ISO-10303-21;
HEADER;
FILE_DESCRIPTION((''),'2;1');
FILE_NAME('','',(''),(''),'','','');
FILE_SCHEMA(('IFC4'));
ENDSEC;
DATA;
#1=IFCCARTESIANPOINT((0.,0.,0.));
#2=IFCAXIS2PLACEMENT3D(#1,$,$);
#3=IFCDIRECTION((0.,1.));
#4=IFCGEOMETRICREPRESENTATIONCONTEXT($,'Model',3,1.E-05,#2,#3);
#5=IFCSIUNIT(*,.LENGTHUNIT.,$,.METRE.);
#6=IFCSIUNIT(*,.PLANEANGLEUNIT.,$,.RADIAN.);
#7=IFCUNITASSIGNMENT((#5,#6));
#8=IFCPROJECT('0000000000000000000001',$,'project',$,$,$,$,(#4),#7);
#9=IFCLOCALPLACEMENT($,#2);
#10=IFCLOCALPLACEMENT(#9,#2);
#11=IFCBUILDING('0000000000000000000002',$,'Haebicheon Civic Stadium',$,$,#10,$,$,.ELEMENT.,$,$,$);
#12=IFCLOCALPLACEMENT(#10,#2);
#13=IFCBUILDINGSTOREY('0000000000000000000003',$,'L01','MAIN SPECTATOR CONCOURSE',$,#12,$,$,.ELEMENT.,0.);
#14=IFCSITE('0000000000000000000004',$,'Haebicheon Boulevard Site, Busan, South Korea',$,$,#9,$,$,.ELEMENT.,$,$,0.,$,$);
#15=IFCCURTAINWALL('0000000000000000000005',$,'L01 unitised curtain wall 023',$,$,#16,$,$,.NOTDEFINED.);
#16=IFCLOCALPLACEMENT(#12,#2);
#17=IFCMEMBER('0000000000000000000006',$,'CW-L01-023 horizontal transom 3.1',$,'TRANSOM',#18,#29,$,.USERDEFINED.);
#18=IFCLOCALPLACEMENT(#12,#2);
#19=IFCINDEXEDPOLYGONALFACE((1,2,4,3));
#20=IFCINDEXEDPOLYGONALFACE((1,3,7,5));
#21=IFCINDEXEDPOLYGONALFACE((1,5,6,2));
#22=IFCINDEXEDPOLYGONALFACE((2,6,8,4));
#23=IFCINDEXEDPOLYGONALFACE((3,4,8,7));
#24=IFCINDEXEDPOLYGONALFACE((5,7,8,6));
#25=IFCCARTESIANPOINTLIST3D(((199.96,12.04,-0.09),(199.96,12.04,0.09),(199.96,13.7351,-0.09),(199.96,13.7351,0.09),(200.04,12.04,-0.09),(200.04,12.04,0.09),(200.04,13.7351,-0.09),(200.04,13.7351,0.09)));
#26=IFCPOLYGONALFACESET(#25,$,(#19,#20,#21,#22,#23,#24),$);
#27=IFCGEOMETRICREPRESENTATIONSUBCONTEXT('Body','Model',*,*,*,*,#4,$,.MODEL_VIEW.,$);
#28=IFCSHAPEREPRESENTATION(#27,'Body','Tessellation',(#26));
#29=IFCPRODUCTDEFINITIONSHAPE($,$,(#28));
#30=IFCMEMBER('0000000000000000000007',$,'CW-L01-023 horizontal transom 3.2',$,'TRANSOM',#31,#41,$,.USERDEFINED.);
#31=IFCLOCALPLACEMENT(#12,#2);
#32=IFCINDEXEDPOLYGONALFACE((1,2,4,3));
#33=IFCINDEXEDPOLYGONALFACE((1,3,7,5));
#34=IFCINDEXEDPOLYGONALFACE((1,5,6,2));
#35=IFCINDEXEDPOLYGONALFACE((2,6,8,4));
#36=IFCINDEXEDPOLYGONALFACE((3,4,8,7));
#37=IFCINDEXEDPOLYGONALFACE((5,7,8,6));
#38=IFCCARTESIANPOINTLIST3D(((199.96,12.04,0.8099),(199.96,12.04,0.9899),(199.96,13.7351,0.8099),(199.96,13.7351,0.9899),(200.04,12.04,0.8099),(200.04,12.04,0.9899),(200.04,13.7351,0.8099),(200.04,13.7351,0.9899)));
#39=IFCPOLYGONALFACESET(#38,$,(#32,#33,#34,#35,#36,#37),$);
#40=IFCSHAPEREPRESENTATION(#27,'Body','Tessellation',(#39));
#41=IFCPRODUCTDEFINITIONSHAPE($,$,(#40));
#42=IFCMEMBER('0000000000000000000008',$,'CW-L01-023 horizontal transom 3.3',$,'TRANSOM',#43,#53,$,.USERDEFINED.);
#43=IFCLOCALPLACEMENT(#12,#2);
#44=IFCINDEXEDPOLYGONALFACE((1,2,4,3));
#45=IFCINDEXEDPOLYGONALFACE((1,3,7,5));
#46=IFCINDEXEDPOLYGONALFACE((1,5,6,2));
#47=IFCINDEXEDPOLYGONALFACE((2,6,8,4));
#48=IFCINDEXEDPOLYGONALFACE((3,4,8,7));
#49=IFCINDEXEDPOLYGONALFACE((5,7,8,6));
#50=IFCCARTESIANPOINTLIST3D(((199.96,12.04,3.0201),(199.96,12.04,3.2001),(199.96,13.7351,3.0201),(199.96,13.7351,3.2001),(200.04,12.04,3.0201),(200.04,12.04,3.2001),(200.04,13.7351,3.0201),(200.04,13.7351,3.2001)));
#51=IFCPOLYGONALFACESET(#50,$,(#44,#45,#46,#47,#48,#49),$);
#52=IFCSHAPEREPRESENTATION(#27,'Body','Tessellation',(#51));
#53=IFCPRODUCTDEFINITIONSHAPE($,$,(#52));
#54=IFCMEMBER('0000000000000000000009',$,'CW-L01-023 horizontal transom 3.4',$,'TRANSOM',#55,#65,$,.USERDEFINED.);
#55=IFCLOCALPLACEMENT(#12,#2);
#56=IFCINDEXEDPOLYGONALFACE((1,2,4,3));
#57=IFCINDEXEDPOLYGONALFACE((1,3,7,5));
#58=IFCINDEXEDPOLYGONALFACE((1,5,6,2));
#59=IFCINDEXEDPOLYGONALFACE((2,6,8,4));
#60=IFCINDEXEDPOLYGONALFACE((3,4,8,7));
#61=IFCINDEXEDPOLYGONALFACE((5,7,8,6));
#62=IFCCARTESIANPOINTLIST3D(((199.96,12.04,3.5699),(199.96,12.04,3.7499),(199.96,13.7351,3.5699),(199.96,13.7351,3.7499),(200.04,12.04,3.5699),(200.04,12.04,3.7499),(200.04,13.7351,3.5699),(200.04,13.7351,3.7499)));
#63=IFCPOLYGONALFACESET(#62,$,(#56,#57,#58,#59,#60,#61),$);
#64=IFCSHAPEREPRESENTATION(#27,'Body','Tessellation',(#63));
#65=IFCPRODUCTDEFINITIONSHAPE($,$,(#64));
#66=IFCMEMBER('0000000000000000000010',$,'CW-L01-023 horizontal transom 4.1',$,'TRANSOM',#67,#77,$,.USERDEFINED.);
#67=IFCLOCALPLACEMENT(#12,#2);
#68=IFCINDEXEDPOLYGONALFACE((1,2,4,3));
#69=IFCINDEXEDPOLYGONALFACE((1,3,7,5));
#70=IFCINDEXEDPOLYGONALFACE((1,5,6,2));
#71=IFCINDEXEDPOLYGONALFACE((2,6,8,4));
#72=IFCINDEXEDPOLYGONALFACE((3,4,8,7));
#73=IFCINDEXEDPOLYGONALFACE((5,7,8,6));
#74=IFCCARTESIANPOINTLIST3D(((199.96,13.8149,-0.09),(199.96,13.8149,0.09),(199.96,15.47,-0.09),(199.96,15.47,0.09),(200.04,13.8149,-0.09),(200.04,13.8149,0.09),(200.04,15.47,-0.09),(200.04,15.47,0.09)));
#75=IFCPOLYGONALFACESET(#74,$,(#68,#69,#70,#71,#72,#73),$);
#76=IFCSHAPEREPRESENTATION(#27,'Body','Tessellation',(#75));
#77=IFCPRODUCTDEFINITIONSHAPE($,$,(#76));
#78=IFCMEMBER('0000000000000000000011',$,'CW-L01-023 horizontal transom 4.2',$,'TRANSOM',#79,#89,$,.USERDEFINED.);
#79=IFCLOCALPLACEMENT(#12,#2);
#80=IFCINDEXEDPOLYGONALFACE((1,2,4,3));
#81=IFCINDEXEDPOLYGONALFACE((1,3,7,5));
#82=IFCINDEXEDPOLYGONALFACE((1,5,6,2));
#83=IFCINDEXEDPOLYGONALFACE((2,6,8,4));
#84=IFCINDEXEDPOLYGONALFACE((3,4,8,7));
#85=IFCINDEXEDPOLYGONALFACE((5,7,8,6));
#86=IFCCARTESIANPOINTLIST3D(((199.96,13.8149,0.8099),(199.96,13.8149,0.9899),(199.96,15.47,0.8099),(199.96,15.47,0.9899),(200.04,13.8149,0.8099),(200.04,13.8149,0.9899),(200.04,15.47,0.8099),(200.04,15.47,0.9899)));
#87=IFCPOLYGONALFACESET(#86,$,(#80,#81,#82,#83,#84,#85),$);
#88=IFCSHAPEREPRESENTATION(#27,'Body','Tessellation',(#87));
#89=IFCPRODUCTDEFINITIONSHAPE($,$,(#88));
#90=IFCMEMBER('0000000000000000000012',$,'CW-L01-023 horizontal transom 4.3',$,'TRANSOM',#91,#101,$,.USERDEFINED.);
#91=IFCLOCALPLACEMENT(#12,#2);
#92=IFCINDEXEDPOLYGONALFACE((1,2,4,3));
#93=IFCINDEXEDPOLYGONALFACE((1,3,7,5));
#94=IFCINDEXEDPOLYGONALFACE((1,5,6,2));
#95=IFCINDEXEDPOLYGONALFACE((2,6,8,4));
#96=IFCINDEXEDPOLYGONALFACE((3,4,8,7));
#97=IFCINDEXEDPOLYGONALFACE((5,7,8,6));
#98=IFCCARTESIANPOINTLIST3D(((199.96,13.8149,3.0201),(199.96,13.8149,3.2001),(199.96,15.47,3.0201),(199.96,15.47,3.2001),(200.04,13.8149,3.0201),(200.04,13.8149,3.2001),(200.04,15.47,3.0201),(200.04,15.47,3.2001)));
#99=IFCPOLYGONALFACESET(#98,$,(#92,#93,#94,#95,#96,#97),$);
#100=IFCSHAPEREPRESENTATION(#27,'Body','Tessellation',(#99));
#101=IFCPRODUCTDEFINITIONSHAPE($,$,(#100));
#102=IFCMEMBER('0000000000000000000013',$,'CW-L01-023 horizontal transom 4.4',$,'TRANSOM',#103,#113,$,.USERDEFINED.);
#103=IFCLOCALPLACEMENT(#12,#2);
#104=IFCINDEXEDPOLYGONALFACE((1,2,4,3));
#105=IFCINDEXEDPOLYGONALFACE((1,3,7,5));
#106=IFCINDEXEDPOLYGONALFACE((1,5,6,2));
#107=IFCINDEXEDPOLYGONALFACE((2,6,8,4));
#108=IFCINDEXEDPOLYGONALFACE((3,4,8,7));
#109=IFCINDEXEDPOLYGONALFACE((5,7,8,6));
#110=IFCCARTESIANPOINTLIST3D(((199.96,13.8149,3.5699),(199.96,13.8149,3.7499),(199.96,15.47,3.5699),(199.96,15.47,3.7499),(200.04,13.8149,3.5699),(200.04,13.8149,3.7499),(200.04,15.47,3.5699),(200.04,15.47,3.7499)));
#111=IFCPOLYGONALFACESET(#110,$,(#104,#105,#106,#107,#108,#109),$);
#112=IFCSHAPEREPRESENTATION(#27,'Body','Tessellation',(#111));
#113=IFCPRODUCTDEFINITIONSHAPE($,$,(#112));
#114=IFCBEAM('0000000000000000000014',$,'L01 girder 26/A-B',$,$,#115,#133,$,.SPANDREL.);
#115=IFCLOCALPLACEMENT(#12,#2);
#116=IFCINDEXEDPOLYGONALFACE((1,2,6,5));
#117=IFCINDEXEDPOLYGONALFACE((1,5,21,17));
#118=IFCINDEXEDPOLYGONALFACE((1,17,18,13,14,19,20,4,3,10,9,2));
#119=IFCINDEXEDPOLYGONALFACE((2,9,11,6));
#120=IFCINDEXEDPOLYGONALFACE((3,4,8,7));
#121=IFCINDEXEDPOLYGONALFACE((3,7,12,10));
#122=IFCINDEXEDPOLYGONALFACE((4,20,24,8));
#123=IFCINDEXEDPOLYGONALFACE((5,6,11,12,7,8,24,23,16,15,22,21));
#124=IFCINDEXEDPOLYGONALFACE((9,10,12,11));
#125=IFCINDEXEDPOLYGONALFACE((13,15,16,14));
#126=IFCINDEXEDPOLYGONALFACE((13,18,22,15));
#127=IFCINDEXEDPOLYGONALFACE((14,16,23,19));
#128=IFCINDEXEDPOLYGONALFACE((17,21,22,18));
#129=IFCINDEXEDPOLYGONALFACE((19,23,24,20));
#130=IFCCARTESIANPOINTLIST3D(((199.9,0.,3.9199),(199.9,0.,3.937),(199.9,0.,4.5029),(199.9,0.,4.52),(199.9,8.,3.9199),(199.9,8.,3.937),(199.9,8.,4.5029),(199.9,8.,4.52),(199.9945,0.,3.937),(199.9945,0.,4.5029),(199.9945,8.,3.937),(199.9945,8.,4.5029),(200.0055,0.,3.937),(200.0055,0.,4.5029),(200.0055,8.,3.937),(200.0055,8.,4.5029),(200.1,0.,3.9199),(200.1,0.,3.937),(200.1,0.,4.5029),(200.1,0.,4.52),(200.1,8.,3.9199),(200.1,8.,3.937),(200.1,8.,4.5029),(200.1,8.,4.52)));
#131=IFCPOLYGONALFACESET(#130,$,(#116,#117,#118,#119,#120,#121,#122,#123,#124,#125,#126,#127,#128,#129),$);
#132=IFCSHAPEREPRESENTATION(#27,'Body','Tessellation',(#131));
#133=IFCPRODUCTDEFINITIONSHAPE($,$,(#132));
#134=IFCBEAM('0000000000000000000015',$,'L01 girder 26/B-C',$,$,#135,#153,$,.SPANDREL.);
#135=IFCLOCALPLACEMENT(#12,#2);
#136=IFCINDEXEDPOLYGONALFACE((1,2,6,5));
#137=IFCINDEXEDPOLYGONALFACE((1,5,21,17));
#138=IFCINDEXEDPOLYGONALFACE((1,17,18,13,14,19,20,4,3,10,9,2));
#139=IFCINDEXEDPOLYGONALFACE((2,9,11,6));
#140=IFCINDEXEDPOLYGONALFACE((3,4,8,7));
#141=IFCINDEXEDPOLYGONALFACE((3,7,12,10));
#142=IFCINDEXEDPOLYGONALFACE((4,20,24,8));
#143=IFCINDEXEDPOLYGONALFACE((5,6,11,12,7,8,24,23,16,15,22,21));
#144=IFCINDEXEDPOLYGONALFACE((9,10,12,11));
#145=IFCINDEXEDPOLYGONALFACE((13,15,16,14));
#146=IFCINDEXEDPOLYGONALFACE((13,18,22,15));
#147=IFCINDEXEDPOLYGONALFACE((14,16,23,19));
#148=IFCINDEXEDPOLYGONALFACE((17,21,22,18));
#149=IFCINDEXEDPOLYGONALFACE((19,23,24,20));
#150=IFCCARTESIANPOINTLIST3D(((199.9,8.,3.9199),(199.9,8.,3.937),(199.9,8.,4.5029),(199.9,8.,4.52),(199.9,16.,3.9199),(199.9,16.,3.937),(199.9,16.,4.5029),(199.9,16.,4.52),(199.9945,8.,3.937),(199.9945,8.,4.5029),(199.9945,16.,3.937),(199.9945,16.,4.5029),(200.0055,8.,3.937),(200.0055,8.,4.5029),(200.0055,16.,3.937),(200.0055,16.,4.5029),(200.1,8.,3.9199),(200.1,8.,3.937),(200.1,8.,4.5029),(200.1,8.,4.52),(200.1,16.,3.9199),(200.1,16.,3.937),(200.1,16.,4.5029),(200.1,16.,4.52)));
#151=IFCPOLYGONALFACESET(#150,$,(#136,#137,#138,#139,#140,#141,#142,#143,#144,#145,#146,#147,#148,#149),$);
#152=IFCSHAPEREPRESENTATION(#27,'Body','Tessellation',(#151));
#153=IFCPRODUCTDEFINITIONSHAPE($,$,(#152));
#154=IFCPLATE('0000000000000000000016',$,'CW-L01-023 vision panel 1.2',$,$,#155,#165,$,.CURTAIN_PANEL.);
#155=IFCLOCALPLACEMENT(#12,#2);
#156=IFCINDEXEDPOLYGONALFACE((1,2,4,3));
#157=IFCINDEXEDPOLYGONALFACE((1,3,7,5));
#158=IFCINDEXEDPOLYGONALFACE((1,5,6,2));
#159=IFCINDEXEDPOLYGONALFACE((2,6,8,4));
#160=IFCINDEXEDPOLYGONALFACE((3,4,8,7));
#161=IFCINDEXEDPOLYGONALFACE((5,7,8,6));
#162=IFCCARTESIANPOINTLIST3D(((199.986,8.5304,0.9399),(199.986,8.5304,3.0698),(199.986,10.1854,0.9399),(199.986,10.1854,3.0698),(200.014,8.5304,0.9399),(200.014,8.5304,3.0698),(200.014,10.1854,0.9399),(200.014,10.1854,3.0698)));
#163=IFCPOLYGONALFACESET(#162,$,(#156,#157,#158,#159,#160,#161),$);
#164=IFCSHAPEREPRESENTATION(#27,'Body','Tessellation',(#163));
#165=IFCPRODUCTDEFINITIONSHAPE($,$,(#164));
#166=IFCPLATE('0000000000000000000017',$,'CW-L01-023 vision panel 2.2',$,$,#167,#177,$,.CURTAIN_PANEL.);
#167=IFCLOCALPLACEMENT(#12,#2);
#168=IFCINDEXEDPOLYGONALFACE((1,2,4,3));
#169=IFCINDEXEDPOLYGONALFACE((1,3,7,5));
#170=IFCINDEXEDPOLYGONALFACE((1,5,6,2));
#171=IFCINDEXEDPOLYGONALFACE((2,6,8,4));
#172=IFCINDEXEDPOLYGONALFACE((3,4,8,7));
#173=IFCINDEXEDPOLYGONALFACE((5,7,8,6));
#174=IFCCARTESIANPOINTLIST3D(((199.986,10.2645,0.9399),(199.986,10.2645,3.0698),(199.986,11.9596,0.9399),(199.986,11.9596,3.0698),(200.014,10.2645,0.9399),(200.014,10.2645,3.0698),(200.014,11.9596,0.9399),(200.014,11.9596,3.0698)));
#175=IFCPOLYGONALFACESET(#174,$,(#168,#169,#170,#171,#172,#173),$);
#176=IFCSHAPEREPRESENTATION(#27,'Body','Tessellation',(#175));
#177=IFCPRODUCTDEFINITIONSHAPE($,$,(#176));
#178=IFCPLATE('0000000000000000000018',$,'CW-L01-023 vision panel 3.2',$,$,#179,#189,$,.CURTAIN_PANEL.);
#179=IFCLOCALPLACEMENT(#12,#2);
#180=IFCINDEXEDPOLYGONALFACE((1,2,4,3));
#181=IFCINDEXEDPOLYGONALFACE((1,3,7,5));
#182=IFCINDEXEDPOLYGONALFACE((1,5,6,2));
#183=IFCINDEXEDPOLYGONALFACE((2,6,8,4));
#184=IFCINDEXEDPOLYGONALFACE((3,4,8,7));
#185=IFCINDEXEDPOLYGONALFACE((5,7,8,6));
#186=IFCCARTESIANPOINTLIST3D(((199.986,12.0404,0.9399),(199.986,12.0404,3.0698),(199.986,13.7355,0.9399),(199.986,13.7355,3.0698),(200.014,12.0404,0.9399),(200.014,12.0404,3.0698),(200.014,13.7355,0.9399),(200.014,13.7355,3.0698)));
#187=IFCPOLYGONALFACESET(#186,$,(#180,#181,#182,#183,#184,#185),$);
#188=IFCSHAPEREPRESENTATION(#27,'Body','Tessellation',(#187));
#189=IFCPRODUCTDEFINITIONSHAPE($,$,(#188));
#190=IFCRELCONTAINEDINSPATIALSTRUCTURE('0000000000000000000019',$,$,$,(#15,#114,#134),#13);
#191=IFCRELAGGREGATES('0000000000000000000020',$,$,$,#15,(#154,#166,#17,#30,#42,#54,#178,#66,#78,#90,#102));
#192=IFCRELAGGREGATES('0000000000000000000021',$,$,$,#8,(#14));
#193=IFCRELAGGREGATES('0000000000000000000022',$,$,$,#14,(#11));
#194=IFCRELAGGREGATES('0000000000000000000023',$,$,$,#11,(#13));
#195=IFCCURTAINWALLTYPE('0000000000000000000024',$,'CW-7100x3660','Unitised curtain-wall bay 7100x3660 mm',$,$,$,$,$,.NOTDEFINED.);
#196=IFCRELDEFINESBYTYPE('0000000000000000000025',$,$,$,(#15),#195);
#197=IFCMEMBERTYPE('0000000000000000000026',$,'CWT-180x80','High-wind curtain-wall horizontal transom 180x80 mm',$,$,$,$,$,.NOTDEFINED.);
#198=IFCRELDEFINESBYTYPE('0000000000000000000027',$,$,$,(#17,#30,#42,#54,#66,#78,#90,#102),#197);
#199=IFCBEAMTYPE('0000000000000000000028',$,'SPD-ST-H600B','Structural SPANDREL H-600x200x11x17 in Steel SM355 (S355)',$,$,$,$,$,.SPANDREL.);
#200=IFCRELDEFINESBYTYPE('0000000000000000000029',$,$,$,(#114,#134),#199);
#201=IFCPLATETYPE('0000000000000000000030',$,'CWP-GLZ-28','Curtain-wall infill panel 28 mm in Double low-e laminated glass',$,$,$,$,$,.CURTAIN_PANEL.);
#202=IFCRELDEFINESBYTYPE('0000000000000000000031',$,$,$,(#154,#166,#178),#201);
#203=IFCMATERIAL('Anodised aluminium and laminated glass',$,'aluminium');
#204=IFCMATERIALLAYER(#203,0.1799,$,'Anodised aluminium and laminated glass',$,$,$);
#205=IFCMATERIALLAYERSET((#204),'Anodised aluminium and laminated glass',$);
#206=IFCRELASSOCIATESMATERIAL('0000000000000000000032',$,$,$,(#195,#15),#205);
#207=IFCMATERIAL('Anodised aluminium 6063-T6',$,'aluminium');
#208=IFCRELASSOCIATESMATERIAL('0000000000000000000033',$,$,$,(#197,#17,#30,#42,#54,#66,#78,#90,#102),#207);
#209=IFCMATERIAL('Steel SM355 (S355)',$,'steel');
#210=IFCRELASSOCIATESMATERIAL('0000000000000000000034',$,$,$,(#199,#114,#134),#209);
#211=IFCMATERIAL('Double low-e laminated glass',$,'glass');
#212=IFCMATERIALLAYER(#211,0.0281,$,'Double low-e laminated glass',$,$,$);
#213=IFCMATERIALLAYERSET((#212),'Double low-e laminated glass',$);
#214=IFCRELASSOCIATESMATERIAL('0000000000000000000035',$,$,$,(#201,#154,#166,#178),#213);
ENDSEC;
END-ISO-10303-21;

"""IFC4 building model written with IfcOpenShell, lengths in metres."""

from ifc_helpers import new_model, si_unit, direction, frame, origin, origin_2d, place, context, subcontext, project, spatial, rectangle, i_section, extrude, material, layer, layer_set, material_profile, profile_set, type_object, element, aggregate, save


model = new_model("IFC4")

# Units and contexts
model_context = context("Model", 3, precision=1e-05, world=origin(), true_north=direction((0.0, 1.0)))
body_context = subcontext(model_context, "Body", "Model", "MODEL_VIEW")
ifc_project = project(units=[si_unit("LENGTHUNIT", "METRE"), si_unit("PLANEANGLEUNIT", "RADIAN")], contexts=[model_context])

# Site, building, storey
site_placement = place(None, origin())
site = spatial("IfcSite", under=ifc_project, at=site_placement, Name="Haebicheon Boulevard Site, Busan, South Korea", CompositionType="ELEMENT", RefElevation=0.0)
building_placement = place(site_placement, origin())
building = spatial("IfcBuilding", under=site, at=building_placement, Name="Haebicheon Civic Stadium", CompositionType="ELEMENT")
storey_placement = place(building_placement, origin())
storey = spatial("IfcBuildingStorey", under=building, at=storey_placement, Name="L01", Description="MAIN SPECTATOR CONCOURSE", CompositionType="ELEMENT", Elevation=0.0)

# Curtain wall, members
ifc_material_1 = material(Name="Anodised aluminium and laminated glass", Category="aluminium")
ifc_layer_1 = layer(ifc_material_1, 0.1799, Name="Anodised aluminium and laminated glass")
ifc_layer_set_1 = layer_set([ifc_layer_1], Name="Anodised aluminium and laminated glass")
curtain_wall_type = type_object("IfcCurtainWallType", Name="CW-7100x3660", Description="Unitised curtain-wall bay 7100x3660 mm", PredefinedType="NOTDEFINED", material=ifc_layer_set_1)
curtain_wall_placement = place(storey_placement, origin())
curtain_wall = element("IfcCurtainWall", 1, at=curtain_wall_placement, inside=storey, type_object=curtain_wall_type, material=ifc_layer_set_1, Name="L01 unitised curtain wall 023", PredefinedType="NOTDEFINED")
ifc_material_2 = material(Name="Anodised aluminium 6063-T6", Category="aluminium")
ifc_material_profile_1 = material_profile(ifc_material_2, rectangle(XDim=0.0801, YDim=0.1799, at=origin_2d()), Name="ALU-TRAN-80x180")
ifc_profile_set_1 = profile_set([ifc_material_profile_1], Name="Anodised aluminium 6063-T6")
member_type_1 = type_object("IfcMemberType", Name="CWT-180x80", Description="High-wind curtain-wall horizontal transom 180x80 mm", PredefinedType="NOTDEFINED", material=ifc_profile_set_1)
member_1_placement = place(storey_placement, frame((200.0, 12.04, 0.0), z_axis=(0.0, 1.0, 0.0), x_axis=(-1.0, 0.0, 0.0)))
member_1 = element("IfcMember", 2, at=member_1_placement, type_object=member_type_1, material=ifc_profile_set_1, Name="CW-L01-023 horizontal transom 3.1", ObjectType="TRANSOM", PredefinedType="USERDEFINED", context=body_context, shape_type="SweptSolid", body=[
    extrude(rectangle(XDim=0.0801, YDim=0.1799, at=origin_2d()), origin(), (0.0, 0.0, 1.0), 1.6951),
])
member_2_placement = place(storey_placement, frame((200.0, 12.04, 0.8999), z_axis=(0.0, 1.0, 0.0), x_axis=(-1.0, 0.0, 0.0)))
member_2 = element("IfcMember", 3, at=member_2_placement, type_object=member_type_1, material=ifc_profile_set_1, Name="CW-L01-023 horizontal transom 3.2", ObjectType="TRANSOM", PredefinedType="USERDEFINED", context=body_context, shape_type="SweptSolid", body=[
    extrude(rectangle(XDim=0.0801, YDim=0.1799, at=origin_2d()), origin(), (0.0, 0.0, 1.0), 1.6951),
])
member_3_placement = place(storey_placement, frame((200.0, 12.04, 3.1101), z_axis=(0.0, 1.0, 0.0), x_axis=(-1.0, 0.0, 0.0)))
member_3 = element("IfcMember", 4, at=member_3_placement, type_object=member_type_1, material=ifc_profile_set_1, Name="CW-L01-023 horizontal transom 3.3", ObjectType="TRANSOM", PredefinedType="USERDEFINED", context=body_context, shape_type="SweptSolid", body=[
    extrude(rectangle(XDim=0.0801, YDim=0.1799, at=origin_2d()), origin(), (0.0, 0.0, 1.0), 1.6951),
])
member_4_placement = place(storey_placement, frame((200.0, 12.04, 3.6599), z_axis=(0.0, 1.0, 0.0), x_axis=(-1.0, 0.0, 0.0)))
member_4 = element("IfcMember", 5, at=member_4_placement, type_object=member_type_1, material=ifc_profile_set_1, Name="CW-L01-023 horizontal transom 3.4", ObjectType="TRANSOM", PredefinedType="USERDEFINED", context=body_context, shape_type="SweptSolid", body=[
    extrude(rectangle(XDim=0.0801, YDim=0.1799, at=origin_2d()), origin(), (0.0, 0.0, 1.0), 1.6951),
])
member_5_placement = place(storey_placement, frame((200.0, 13.8149, 0.0), z_axis=(0.0, 1.0, 0.0), x_axis=(-1.0, 0.0, 0.0)))
member_5 = element("IfcMember", 6, at=member_5_placement, type_object=member_type_1, material=ifc_profile_set_1, Name="CW-L01-023 horizontal transom 4.1", ObjectType="TRANSOM", PredefinedType="USERDEFINED", context=body_context, shape_type="SweptSolid", body=[
    extrude(rectangle(XDim=0.0801, YDim=0.1799, at=origin_2d()), origin(), (0.0, 0.0, 1.0), 1.655),
])
member_6_placement = place(storey_placement, frame((200.0, 13.8149, 0.8999), z_axis=(0.0, 1.0, 0.0), x_axis=(-1.0, 0.0, 0.0)))
member_6 = element("IfcMember", 7, at=member_6_placement, type_object=member_type_1, material=ifc_profile_set_1, Name="CW-L01-023 horizontal transom 4.2", ObjectType="TRANSOM", PredefinedType="USERDEFINED", context=body_context, shape_type="SweptSolid", body=[
    extrude(rectangle(XDim=0.0801, YDim=0.1799, at=origin_2d()), origin(), (0.0, 0.0, 1.0), 1.655),
])
member_7_placement = place(storey_placement, frame((200.0, 13.8149, 3.1101), z_axis=(0.0, 1.0, 0.0), x_axis=(-1.0, 0.0, 0.0)))
member_7 = element("IfcMember", 8, at=member_7_placement, type_object=member_type_1, material=ifc_profile_set_1, Name="CW-L01-023 horizontal transom 4.3", ObjectType="TRANSOM", PredefinedType="USERDEFINED", context=body_context, shape_type="SweptSolid", body=[
    extrude(rectangle(XDim=0.0801, YDim=0.1799, at=origin_2d()), origin(), (0.0, 0.0, 1.0), 1.655),
])
member_8_placement = place(storey_placement, frame((200.0, 13.8149, 3.6599), z_axis=(0.0, 1.0, 0.0), x_axis=(-1.0, 0.0, 0.0)))
member_8 = element("IfcMember", 9, at=member_8_placement, type_object=member_type_1, material=ifc_profile_set_1, Name="CW-L01-023 horizontal transom 4.4", ObjectType="TRANSOM", PredefinedType="USERDEFINED", context=body_context, shape_type="SweptSolid", body=[
    extrude(rectangle(XDim=0.0801, YDim=0.1799, at=origin_2d()), origin(), (0.0, 0.0, 1.0), 1.655),
])

# Beams
ifc_material_3 = material(Name="Steel SM355 (S355)", Category="steel")
ifc_material_profile_2 = material_profile(ifc_material_3, i_section(OverallWidth=0.2, OverallDepth=0.6001, WebThickness=0.011, FlangeThickness=0.0171, at=origin_2d()), Name="H-600x200x11x17")
ifc_profile_set_2 = profile_set([ifc_material_profile_2], Name="Steel SM355 (S355)")
beam_type = type_object("IfcBeamType", Name="SPD-ST-H600B", Description="Structural SPANDREL H-600x200x11x17 in Steel SM355 (S355)", PredefinedType="SPANDREL", material=ifc_profile_set_2)
for number, where, z_axis, x_axis, name in (
    (10, (200.0, 0.0, 4.22), (0.0, 1.0, 0.0), (-1.0, 0.0, 0.0), "L01 girder 26/A-B"),
    (11, (200.0, 8.0, 4.22), (0.0, 1.0, 0.0), (-1.0, 0.0, 0.0), "L01 girder 26/B-C"),
):
    element("IfcBeam", number, at=place(storey_placement, frame(where, z_axis=z_axis, x_axis=x_axis)), inside=storey, type_object=beam_type, material=ifc_profile_set_2, Name=name, PredefinedType="SPANDREL", context=body_context, shape_type="SweptSolid", body=[
        extrude(i_section(OverallWidth=0.2, OverallDepth=0.6001, WebThickness=0.011, FlangeThickness=0.0171, at=origin_2d()), origin(), (0.0, 0.0, 1.0), 8.0),
    ])

# Plates
ifc_material_4 = material(Name="Double low-e laminated glass", Category="glass")
ifc_layer_2 = layer(ifc_material_4, 0.0281, Name="Double low-e laminated glass")
ifc_layer_set_2 = layer_set([ifc_layer_2], Name="Double low-e laminated glass")
plate_type_1 = type_object("IfcPlateType", Name="CWP-GLZ-28", Description="Curtain-wall infill panel 28 mm in Double low-e laminated glass", PredefinedType="CURTAIN_PANEL", material=ifc_layer_set_2)
plate_1_placement = place(storey_placement, frame((200.0, 9.3579, 0.9399), z_axis=(0.0, 0.0, 1.0), x_axis=(0.0, 1.0, 0.0)))
plate_1 = element("IfcPlate", 12, at=plate_1_placement, type_object=plate_type_1, material=ifc_layer_set_2, Name="CW-L01-023 vision panel 1.2", PredefinedType="CURTAIN_PANEL", context=body_context, shape_type="SweptSolid", body=[
    extrude(rectangle(XDim=1.655, YDim=0.0281, at=origin_2d()), origin(), (0.0, 0.0, 1.0), 2.1299),
])
plate_2_placement = place(storey_placement, frame((200.0, 11.1121, 0.9399), z_axis=(0.0, 0.0, 1.0), x_axis=(0.0, 1.0, 0.0)))
plate_2 = element("IfcPlate", 13, at=plate_2_placement, type_object=plate_type_1, material=ifc_layer_set_2, Name="CW-L01-023 vision panel 2.2", PredefinedType="CURTAIN_PANEL", context=body_context, shape_type="SweptSolid", body=[
    extrude(rectangle(XDim=1.6951, YDim=0.0281, at=origin_2d()), origin(), (0.0, 0.0, 1.0), 2.1299),
])
plate_3_placement = place(storey_placement, frame((200.0, 12.8879, 0.9399), z_axis=(0.0, 0.0, 1.0), x_axis=(0.0, 1.0, 0.0)))
plate_3 = element("IfcPlate", 14, at=plate_3_placement, type_object=plate_type_1, material=ifc_layer_set_2, Name="CW-L01-023 vision panel 3.2", PredefinedType="CURTAIN_PANEL", context=body_context, shape_type="SweptSolid", body=[
    extrude(rectangle(XDim=1.6951, YDim=0.0281, at=origin_2d()), origin(), (0.0, 0.0, 1.0), 2.1299),
])
aggregate(curtain_wall, [plate_1, plate_2, member_1, member_2, member_3, member_4, plate_3, member_5, member_6, member_7, member_8])

save(model, "model.ifc")
